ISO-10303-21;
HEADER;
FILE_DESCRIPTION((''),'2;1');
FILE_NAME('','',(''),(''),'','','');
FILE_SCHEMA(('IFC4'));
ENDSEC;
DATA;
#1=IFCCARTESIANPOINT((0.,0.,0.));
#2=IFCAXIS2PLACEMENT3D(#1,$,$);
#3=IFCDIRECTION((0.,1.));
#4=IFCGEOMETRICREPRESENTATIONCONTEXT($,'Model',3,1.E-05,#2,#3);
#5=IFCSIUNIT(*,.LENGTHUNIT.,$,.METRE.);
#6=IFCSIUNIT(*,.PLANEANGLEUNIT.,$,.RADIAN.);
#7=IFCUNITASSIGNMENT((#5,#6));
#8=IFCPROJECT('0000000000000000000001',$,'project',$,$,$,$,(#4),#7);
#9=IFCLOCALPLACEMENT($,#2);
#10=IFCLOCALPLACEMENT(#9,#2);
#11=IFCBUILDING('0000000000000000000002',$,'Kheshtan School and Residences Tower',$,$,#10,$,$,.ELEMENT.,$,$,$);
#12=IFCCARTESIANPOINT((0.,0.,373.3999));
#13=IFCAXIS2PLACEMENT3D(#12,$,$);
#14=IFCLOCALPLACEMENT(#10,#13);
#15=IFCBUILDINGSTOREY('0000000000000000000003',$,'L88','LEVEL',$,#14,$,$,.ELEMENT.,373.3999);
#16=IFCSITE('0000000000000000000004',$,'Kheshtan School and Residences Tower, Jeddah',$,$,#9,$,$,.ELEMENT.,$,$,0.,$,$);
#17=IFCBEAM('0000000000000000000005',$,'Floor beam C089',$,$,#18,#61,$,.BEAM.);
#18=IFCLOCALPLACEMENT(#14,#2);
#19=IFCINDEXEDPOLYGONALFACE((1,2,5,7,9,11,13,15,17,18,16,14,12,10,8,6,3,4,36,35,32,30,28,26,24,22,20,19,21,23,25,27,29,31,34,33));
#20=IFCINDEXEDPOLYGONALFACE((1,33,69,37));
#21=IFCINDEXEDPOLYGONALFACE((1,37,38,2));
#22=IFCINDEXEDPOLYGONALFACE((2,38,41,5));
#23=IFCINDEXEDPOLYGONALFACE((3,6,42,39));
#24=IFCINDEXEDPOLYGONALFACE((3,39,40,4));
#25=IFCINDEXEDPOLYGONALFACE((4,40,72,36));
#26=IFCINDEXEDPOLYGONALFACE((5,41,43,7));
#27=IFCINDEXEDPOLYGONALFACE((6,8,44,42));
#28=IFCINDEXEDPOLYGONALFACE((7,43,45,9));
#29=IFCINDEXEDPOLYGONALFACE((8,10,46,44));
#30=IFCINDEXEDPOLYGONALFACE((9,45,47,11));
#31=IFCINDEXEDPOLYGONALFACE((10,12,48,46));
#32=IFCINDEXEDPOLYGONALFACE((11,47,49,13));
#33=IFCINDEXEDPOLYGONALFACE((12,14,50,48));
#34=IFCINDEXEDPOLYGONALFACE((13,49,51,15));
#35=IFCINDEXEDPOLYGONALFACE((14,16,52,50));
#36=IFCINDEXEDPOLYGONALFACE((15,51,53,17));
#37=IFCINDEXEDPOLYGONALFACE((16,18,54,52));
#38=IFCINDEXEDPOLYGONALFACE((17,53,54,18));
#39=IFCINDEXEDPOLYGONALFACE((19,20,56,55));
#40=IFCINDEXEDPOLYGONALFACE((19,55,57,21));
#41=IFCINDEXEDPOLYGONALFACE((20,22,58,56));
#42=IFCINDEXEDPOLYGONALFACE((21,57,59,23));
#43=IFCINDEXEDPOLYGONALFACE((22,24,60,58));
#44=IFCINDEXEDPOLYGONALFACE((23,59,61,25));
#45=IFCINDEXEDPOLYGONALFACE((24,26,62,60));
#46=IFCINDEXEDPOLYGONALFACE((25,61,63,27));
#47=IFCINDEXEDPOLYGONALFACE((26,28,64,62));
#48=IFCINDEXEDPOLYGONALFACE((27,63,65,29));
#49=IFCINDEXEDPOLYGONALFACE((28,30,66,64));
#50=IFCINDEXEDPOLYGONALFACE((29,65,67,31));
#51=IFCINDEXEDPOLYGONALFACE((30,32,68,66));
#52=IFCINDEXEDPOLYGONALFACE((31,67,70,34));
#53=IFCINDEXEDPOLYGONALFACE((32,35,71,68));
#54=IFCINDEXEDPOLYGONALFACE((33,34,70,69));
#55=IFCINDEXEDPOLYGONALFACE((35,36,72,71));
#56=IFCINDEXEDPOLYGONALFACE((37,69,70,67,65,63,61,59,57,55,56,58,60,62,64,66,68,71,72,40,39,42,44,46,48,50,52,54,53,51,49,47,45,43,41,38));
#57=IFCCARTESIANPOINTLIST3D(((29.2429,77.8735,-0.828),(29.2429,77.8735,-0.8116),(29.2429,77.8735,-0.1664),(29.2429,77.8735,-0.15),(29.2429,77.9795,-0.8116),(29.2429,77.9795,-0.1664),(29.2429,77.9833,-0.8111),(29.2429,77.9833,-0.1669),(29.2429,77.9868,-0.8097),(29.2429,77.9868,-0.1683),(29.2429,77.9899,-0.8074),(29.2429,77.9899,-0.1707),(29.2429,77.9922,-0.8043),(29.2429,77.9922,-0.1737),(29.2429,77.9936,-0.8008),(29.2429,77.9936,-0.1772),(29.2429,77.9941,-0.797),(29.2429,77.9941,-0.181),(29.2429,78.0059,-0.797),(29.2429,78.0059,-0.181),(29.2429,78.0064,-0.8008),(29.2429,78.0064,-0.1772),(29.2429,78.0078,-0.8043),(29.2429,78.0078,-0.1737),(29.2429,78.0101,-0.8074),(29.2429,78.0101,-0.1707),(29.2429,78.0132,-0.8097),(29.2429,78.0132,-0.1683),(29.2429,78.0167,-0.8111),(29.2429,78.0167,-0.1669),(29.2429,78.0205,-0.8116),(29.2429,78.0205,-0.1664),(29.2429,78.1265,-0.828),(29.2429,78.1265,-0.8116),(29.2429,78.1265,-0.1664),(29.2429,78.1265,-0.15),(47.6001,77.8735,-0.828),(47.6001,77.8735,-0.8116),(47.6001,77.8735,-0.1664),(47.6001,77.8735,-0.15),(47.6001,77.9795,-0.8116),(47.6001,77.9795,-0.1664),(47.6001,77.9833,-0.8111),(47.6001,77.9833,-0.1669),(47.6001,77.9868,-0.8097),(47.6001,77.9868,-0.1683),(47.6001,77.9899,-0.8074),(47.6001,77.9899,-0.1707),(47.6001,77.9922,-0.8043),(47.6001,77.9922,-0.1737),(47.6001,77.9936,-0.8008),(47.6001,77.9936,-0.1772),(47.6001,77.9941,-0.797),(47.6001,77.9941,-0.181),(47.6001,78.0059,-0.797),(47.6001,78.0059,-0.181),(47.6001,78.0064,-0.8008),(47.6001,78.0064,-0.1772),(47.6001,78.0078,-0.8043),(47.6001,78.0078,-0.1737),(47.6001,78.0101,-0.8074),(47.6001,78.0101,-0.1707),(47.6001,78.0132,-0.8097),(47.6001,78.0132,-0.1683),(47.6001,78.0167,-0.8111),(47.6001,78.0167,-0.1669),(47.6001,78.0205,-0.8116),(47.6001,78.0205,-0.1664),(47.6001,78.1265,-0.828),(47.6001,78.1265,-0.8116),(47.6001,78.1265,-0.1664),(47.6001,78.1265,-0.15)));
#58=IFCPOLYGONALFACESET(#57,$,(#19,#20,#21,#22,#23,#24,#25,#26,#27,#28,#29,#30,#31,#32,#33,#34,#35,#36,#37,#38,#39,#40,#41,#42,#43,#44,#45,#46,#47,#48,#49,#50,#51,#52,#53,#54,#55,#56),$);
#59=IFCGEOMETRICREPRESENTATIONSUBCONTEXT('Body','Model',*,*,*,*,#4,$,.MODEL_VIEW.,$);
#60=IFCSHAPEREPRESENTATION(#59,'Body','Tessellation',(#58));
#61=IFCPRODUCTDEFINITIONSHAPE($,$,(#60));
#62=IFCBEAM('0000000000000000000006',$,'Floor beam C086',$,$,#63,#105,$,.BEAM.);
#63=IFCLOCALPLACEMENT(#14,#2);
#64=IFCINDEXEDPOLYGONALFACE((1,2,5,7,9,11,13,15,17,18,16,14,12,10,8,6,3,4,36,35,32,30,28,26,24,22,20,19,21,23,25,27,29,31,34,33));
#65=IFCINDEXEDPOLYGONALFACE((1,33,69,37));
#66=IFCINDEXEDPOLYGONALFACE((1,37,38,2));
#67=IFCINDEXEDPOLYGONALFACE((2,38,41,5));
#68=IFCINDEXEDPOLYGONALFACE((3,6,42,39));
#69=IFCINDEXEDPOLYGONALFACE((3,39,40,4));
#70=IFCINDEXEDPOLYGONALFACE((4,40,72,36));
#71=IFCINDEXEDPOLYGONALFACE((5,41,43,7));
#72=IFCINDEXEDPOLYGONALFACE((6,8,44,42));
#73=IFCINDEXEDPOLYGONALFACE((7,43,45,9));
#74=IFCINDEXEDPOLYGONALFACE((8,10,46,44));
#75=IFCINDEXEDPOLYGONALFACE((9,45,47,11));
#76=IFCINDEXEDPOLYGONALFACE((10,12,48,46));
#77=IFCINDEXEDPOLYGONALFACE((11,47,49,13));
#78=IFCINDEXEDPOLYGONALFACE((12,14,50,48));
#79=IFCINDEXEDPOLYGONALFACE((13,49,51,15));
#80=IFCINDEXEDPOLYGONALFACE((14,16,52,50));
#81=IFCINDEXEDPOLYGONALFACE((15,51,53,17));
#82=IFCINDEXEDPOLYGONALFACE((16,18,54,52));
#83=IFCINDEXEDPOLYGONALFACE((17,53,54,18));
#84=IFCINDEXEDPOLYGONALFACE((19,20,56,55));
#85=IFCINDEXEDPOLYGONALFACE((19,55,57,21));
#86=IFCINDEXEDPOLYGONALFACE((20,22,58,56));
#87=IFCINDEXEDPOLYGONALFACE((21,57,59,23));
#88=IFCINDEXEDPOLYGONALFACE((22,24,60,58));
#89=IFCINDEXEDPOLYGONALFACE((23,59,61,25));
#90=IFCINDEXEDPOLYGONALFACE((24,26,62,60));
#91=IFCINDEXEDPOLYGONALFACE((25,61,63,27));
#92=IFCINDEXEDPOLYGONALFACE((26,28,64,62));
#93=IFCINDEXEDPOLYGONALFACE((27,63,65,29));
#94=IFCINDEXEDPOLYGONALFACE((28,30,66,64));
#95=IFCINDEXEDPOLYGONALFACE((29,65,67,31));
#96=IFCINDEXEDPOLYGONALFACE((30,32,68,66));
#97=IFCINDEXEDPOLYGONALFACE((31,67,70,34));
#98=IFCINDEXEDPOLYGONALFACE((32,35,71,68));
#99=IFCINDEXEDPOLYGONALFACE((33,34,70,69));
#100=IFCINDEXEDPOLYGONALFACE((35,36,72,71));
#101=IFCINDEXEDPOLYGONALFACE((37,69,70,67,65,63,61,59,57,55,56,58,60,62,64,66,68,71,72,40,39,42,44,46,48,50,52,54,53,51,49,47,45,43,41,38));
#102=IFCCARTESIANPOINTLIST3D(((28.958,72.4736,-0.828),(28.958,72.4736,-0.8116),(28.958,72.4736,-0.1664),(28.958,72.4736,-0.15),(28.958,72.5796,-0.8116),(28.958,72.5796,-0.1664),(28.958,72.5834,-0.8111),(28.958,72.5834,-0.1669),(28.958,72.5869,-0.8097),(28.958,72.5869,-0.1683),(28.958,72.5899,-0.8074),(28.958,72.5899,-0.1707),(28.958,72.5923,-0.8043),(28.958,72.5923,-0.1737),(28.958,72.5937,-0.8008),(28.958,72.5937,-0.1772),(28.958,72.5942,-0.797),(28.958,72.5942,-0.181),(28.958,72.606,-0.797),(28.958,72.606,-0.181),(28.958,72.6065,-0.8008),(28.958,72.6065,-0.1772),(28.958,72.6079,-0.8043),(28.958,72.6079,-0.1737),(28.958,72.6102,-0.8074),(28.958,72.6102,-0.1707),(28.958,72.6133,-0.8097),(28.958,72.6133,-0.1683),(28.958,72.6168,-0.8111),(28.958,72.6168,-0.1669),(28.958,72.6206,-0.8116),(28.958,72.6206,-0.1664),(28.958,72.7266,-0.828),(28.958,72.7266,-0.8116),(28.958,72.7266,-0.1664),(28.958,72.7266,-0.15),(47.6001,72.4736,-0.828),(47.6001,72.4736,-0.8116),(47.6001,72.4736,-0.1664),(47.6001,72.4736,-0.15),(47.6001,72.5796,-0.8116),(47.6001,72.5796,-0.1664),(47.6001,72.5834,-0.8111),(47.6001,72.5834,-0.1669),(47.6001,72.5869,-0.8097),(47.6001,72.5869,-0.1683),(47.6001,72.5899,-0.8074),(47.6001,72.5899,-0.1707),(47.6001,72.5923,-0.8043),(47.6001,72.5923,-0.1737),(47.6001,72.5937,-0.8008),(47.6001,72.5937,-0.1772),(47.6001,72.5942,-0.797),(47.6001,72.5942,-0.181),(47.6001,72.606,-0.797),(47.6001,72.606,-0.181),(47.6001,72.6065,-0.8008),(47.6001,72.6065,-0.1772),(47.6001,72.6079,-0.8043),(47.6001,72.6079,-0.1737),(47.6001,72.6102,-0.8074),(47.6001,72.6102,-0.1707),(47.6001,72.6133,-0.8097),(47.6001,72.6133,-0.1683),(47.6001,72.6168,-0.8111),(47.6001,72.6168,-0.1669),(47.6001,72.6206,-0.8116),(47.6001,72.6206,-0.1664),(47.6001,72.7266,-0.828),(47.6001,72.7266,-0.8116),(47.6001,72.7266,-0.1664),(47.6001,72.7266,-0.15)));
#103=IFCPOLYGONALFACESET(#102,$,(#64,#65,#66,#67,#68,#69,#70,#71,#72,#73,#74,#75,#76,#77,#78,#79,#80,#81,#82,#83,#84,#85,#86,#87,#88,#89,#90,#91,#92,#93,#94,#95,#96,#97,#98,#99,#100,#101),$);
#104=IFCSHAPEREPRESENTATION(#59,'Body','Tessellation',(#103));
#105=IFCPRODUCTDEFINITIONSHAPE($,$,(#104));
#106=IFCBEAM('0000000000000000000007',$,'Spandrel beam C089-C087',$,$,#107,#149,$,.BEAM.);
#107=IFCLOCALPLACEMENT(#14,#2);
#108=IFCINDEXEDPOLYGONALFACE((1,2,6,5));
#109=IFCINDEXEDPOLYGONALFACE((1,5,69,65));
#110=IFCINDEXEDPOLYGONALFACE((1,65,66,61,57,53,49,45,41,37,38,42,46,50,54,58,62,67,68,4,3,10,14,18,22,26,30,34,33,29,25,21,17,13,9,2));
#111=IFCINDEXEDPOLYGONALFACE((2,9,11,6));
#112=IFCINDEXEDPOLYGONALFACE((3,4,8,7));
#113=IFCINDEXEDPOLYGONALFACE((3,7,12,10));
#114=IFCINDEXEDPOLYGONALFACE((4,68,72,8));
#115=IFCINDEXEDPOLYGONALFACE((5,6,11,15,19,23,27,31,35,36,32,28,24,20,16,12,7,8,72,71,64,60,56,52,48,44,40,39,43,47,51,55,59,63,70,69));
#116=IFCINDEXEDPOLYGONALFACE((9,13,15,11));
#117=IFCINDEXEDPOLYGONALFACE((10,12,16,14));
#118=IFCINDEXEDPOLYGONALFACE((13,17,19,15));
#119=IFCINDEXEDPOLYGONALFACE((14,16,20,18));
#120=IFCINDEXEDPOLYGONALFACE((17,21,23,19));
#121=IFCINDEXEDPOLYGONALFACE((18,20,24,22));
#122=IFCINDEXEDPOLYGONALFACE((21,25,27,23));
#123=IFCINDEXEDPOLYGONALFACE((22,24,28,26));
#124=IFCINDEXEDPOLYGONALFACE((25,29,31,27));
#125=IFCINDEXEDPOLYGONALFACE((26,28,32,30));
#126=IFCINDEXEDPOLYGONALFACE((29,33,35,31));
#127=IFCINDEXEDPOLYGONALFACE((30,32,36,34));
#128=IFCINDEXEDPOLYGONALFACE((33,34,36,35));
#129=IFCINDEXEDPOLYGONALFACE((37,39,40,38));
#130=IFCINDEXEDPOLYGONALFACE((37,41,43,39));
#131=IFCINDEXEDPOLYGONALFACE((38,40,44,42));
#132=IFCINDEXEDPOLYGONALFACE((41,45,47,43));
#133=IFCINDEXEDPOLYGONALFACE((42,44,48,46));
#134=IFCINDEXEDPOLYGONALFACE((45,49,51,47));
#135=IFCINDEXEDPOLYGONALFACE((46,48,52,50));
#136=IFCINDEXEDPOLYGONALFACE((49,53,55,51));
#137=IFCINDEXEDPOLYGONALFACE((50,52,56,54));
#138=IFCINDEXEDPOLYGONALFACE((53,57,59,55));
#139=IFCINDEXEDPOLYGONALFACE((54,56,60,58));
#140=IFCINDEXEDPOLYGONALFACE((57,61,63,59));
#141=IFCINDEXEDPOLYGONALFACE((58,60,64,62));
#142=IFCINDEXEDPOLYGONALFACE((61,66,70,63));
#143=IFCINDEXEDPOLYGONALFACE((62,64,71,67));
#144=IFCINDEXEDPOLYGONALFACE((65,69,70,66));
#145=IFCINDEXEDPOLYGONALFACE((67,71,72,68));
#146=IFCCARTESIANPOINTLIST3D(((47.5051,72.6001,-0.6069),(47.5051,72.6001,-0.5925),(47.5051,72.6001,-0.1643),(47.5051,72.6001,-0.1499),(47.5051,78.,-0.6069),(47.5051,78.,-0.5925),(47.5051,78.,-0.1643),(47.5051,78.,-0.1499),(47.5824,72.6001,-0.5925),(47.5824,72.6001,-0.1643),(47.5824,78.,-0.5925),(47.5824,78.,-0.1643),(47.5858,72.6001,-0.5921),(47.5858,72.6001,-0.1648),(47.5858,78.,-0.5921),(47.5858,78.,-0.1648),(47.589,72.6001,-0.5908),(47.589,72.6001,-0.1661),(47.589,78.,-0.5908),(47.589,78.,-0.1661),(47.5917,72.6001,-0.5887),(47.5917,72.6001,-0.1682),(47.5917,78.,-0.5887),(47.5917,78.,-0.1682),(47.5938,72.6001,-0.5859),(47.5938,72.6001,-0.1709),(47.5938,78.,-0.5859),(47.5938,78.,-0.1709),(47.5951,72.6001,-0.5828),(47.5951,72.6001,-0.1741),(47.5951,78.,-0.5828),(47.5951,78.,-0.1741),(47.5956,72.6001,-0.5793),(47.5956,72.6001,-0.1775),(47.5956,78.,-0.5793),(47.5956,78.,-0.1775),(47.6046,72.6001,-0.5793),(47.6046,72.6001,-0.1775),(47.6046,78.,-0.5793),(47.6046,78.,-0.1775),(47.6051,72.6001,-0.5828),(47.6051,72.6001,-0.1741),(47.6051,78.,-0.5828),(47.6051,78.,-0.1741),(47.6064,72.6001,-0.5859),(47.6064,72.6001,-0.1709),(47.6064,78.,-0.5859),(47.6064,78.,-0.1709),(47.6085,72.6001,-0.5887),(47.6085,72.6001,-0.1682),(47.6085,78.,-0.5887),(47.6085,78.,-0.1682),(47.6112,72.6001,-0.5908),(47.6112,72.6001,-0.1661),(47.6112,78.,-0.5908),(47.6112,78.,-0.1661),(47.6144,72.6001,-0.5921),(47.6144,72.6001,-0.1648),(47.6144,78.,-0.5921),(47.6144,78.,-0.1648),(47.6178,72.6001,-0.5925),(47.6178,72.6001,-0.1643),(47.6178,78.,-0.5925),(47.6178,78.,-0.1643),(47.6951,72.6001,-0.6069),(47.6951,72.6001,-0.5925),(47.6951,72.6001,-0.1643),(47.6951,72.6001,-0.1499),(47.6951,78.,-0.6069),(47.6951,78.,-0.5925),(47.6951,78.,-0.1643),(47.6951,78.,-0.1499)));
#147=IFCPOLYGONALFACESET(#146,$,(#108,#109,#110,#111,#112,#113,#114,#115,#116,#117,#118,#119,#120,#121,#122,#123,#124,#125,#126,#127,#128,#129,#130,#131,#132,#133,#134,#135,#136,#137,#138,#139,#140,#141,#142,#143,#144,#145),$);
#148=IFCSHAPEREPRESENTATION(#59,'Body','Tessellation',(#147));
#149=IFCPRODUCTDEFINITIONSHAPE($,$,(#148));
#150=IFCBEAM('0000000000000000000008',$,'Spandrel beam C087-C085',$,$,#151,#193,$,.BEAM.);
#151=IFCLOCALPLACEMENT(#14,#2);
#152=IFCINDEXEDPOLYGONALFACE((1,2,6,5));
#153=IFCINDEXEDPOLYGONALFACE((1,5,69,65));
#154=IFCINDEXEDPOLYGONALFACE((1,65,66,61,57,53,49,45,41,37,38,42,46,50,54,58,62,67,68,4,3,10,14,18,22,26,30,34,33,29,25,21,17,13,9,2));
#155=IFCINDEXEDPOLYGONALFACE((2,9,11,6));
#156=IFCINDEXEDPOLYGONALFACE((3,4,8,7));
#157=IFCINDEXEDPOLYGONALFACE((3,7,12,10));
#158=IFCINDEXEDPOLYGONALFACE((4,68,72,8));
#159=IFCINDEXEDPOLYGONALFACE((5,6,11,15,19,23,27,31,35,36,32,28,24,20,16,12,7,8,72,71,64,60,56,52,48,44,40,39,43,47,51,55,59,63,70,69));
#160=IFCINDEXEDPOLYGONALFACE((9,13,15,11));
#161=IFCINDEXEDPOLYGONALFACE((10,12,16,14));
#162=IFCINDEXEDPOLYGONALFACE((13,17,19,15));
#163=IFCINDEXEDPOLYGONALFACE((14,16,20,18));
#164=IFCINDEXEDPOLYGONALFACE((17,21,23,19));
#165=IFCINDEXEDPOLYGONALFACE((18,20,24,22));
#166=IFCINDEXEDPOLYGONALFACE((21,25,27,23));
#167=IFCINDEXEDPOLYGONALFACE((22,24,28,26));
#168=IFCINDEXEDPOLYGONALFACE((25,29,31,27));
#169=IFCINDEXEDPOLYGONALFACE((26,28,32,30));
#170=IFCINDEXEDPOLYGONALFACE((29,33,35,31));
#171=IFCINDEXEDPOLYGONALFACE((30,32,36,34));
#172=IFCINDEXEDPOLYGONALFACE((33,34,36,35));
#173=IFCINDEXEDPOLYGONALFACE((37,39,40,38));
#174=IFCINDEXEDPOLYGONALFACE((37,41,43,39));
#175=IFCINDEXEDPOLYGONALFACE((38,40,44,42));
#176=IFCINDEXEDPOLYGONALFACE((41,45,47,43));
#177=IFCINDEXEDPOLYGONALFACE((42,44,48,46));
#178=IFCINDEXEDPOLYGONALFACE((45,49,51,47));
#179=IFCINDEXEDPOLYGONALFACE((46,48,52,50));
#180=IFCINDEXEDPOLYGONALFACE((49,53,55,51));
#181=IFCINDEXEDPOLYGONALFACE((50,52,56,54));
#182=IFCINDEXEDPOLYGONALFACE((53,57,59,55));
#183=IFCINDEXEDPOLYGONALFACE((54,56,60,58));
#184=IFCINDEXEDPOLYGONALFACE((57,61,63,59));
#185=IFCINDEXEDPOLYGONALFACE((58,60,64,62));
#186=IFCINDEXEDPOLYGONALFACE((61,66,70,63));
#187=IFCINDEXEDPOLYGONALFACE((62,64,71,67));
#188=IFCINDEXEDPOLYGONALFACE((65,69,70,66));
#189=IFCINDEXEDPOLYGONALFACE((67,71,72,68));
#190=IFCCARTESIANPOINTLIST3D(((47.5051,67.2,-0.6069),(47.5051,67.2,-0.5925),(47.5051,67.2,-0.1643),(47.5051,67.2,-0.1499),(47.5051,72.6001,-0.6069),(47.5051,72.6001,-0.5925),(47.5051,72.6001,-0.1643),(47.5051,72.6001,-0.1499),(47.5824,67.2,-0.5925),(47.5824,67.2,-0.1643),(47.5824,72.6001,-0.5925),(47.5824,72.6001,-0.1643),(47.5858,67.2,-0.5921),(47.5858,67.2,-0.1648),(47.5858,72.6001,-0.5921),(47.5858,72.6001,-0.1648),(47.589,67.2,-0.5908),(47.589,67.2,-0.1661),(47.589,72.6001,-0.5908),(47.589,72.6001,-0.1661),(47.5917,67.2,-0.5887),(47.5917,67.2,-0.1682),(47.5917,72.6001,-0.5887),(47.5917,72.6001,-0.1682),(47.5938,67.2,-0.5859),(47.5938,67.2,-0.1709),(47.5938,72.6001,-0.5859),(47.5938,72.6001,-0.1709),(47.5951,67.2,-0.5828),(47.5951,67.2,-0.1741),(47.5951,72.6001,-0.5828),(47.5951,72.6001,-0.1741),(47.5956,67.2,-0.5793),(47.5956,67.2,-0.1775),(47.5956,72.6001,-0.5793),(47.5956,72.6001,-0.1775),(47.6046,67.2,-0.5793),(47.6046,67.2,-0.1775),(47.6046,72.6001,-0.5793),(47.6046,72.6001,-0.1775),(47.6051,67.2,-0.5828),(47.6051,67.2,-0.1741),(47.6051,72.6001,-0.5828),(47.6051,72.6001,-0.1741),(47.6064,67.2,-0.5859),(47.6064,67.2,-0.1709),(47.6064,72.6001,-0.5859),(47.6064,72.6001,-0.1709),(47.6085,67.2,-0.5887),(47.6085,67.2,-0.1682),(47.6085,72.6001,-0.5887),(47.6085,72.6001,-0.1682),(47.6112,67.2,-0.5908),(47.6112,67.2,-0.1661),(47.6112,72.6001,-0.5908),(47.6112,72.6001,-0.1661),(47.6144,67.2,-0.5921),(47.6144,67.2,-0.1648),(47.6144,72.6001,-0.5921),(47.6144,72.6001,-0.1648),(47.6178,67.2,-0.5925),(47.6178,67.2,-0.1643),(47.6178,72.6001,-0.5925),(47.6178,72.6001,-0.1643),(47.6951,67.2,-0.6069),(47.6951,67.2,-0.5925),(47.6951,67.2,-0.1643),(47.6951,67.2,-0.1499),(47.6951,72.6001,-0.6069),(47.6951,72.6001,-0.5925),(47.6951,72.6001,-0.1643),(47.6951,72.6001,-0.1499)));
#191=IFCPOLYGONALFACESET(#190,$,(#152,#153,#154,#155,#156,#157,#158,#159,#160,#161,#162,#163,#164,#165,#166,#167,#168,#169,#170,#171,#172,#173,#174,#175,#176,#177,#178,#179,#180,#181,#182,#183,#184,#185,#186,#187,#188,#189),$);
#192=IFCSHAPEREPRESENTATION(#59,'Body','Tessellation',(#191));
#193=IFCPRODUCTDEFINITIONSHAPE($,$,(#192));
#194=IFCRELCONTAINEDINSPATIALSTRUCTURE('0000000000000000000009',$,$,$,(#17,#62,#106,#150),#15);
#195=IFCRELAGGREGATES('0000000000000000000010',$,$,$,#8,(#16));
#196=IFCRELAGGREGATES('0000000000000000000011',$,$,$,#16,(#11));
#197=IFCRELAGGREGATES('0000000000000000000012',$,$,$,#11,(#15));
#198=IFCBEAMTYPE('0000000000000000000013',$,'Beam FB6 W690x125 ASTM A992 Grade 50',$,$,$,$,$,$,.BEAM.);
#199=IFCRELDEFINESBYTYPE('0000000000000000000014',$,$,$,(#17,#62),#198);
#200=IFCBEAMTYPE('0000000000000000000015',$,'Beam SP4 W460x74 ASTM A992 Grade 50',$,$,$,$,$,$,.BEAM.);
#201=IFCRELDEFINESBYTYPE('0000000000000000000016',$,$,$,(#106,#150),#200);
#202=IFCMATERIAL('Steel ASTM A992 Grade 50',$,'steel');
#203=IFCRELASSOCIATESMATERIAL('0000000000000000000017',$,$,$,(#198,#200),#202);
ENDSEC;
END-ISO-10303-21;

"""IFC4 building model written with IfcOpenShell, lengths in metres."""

from ifc_helpers import new_model, si_unit, direction, frame, origin, origin_2d, place, context, subcontext, project, spatial, i_section, extrude, material, material_profile, profile_set, type_object, element, save


model = new_model("IFC4")

# Units and contexts
model_context = context("Model", 3, precision=1e-05, world=origin(), true_north=direction((0.0, 1.0)))
body_context = subcontext(model_context, "Body", "Model", "MODEL_VIEW")
ifc_project = project(units=[si_unit("LENGTHUNIT", "METRE"), si_unit("PLANEANGLEUNIT", "RADIAN")], contexts=[model_context])

# Site, building, storey
site_placement = place(None, origin())
site = spatial("IfcSite", under=ifc_project, at=site_placement, Name="Kheshtan School and Residences Tower, Jeddah", CompositionType="ELEMENT", RefElevation=0.0)
building_placement = place(site_placement, origin())
building = spatial("IfcBuilding", under=site, at=building_placement, Name="Kheshtan School and Residences Tower", CompositionType="ELEMENT")
storey_placement = place(building_placement, frame((0.0, 0.0, 373.3999)))
storey = spatial("IfcBuildingStorey", under=building, at=storey_placement, Name="L88", Description="LEVEL", CompositionType="ELEMENT", Elevation=373.3999)

# Shared definitions
ifc_material_1 = material(Name="Steel ASTM A992 Grade 50", Category="steel")

# Beams
ifc_material_profile_1 = material_profile(ifc_material_1, i_section(OverallWidth=0.2529, OverallDepth=0.678, WebThickness=0.0117, FlangeThickness=0.0164, FilletRadius=0.0146, at=origin_2d()), Name="W690x125")
ifc_profile_set_1 = profile_set([ifc_material_profile_1], Name="Steel ASTM A992 Grade 50")
beam_type_1 = type_object("IfcBeamType", Name="Beam FB6 W690x125 ASTM A992 Grade 50", PredefinedType="BEAM", material=ifc_profile_set_1)
beam_1_placement = place(storey_placement, frame((47.6001, 78.0, -0.489), z_axis=(-1.0, 0.0, 0.0), x_axis=(0.0, -1.0, 0.0)))
element("IfcBeam", 1, at=beam_1_placement, inside=storey, type_object=beam_type_1, Name="Floor beam C089", PredefinedType="BEAM", context=body_context, shape_type="SweptSolid", body=[
    extrude(i_section(OverallWidth=0.2529, OverallDepth=0.678, WebThickness=0.0117, FlangeThickness=0.0164, FilletRadius=0.0146, at=origin_2d()), origin(), (0.0, 0.0, 1.0), 18.3572),
])
beam_2_placement = place(storey_placement, frame((28.958, 72.6001, -0.489), z_axis=(1.0, 0.0, 0.0), x_axis=(0.0, 1.0, 0.0)))
element("IfcBeam", 2, at=beam_2_placement, inside=storey, type_object=beam_type_1, Name="Floor beam C086", PredefinedType="BEAM", context=body_context, shape_type="SweptSolid", body=[
    extrude(i_section(OverallWidth=0.2529, OverallDepth=0.678, WebThickness=0.0117, FlangeThickness=0.0164, FilletRadius=0.0146, at=origin_2d()), origin(), (0.0, 0.0, 1.0), 18.6421),
])
ifc_material_profile_2 = material_profile(ifc_material_1, i_section(OverallWidth=0.1899, OverallDepth=0.457, WebThickness=0.009, FlangeThickness=0.0144, FilletRadius=0.0132, at=origin_2d()), Name="W460x74")
ifc_profile_set_2 = profile_set([ifc_material_profile_2], Name="Steel ASTM A992 Grade 50")
beam_type_2 = type_object("IfcBeamType", Name="Beam SP4 W460x74 ASTM A992 Grade 50", PredefinedType="BEAM", material=ifc_profile_set_2)
beam_3_placement = place(storey_placement, frame((47.6001, 78.0, -0.3784), z_axis=(0.0, -1.0, 0.0), x_axis=(1.0, 0.0, 0.0)))
element("IfcBeam", 3, at=beam_3_placement, inside=storey, type_object=beam_type_2, Name="Spandrel beam C089-C087", PredefinedType="BEAM", context=body_context, shape_type="SweptSolid", body=[
    extrude(i_section(OverallWidth=0.1899, OverallDepth=0.457, WebThickness=0.009, FlangeThickness=0.0144, FilletRadius=0.0132, at=origin_2d()), origin(), (0.0, 0.0, 1.0), 5.3999),
])
beam_4_placement = place(storey_placement, frame((47.6001, 72.6001, -0.3784), z_axis=(0.0, -1.0, 0.0), x_axis=(1.0, 0.0, 0.0)))
element("IfcBeam", 4, at=beam_4_placement, inside=storey, type_object=beam_type_2, Name="Spandrel beam C087-C085", PredefinedType="BEAM", context=body_context, shape_type="SweptSolid", body=[
    extrude(i_section(OverallWidth=0.1899, OverallDepth=0.457, WebThickness=0.009, FlangeThickness=0.0144, FilletRadius=0.0132, at=origin_2d()), origin(), (0.0, 0.0, 1.0), 5.4001),
])

save(model, "model.ifc")
